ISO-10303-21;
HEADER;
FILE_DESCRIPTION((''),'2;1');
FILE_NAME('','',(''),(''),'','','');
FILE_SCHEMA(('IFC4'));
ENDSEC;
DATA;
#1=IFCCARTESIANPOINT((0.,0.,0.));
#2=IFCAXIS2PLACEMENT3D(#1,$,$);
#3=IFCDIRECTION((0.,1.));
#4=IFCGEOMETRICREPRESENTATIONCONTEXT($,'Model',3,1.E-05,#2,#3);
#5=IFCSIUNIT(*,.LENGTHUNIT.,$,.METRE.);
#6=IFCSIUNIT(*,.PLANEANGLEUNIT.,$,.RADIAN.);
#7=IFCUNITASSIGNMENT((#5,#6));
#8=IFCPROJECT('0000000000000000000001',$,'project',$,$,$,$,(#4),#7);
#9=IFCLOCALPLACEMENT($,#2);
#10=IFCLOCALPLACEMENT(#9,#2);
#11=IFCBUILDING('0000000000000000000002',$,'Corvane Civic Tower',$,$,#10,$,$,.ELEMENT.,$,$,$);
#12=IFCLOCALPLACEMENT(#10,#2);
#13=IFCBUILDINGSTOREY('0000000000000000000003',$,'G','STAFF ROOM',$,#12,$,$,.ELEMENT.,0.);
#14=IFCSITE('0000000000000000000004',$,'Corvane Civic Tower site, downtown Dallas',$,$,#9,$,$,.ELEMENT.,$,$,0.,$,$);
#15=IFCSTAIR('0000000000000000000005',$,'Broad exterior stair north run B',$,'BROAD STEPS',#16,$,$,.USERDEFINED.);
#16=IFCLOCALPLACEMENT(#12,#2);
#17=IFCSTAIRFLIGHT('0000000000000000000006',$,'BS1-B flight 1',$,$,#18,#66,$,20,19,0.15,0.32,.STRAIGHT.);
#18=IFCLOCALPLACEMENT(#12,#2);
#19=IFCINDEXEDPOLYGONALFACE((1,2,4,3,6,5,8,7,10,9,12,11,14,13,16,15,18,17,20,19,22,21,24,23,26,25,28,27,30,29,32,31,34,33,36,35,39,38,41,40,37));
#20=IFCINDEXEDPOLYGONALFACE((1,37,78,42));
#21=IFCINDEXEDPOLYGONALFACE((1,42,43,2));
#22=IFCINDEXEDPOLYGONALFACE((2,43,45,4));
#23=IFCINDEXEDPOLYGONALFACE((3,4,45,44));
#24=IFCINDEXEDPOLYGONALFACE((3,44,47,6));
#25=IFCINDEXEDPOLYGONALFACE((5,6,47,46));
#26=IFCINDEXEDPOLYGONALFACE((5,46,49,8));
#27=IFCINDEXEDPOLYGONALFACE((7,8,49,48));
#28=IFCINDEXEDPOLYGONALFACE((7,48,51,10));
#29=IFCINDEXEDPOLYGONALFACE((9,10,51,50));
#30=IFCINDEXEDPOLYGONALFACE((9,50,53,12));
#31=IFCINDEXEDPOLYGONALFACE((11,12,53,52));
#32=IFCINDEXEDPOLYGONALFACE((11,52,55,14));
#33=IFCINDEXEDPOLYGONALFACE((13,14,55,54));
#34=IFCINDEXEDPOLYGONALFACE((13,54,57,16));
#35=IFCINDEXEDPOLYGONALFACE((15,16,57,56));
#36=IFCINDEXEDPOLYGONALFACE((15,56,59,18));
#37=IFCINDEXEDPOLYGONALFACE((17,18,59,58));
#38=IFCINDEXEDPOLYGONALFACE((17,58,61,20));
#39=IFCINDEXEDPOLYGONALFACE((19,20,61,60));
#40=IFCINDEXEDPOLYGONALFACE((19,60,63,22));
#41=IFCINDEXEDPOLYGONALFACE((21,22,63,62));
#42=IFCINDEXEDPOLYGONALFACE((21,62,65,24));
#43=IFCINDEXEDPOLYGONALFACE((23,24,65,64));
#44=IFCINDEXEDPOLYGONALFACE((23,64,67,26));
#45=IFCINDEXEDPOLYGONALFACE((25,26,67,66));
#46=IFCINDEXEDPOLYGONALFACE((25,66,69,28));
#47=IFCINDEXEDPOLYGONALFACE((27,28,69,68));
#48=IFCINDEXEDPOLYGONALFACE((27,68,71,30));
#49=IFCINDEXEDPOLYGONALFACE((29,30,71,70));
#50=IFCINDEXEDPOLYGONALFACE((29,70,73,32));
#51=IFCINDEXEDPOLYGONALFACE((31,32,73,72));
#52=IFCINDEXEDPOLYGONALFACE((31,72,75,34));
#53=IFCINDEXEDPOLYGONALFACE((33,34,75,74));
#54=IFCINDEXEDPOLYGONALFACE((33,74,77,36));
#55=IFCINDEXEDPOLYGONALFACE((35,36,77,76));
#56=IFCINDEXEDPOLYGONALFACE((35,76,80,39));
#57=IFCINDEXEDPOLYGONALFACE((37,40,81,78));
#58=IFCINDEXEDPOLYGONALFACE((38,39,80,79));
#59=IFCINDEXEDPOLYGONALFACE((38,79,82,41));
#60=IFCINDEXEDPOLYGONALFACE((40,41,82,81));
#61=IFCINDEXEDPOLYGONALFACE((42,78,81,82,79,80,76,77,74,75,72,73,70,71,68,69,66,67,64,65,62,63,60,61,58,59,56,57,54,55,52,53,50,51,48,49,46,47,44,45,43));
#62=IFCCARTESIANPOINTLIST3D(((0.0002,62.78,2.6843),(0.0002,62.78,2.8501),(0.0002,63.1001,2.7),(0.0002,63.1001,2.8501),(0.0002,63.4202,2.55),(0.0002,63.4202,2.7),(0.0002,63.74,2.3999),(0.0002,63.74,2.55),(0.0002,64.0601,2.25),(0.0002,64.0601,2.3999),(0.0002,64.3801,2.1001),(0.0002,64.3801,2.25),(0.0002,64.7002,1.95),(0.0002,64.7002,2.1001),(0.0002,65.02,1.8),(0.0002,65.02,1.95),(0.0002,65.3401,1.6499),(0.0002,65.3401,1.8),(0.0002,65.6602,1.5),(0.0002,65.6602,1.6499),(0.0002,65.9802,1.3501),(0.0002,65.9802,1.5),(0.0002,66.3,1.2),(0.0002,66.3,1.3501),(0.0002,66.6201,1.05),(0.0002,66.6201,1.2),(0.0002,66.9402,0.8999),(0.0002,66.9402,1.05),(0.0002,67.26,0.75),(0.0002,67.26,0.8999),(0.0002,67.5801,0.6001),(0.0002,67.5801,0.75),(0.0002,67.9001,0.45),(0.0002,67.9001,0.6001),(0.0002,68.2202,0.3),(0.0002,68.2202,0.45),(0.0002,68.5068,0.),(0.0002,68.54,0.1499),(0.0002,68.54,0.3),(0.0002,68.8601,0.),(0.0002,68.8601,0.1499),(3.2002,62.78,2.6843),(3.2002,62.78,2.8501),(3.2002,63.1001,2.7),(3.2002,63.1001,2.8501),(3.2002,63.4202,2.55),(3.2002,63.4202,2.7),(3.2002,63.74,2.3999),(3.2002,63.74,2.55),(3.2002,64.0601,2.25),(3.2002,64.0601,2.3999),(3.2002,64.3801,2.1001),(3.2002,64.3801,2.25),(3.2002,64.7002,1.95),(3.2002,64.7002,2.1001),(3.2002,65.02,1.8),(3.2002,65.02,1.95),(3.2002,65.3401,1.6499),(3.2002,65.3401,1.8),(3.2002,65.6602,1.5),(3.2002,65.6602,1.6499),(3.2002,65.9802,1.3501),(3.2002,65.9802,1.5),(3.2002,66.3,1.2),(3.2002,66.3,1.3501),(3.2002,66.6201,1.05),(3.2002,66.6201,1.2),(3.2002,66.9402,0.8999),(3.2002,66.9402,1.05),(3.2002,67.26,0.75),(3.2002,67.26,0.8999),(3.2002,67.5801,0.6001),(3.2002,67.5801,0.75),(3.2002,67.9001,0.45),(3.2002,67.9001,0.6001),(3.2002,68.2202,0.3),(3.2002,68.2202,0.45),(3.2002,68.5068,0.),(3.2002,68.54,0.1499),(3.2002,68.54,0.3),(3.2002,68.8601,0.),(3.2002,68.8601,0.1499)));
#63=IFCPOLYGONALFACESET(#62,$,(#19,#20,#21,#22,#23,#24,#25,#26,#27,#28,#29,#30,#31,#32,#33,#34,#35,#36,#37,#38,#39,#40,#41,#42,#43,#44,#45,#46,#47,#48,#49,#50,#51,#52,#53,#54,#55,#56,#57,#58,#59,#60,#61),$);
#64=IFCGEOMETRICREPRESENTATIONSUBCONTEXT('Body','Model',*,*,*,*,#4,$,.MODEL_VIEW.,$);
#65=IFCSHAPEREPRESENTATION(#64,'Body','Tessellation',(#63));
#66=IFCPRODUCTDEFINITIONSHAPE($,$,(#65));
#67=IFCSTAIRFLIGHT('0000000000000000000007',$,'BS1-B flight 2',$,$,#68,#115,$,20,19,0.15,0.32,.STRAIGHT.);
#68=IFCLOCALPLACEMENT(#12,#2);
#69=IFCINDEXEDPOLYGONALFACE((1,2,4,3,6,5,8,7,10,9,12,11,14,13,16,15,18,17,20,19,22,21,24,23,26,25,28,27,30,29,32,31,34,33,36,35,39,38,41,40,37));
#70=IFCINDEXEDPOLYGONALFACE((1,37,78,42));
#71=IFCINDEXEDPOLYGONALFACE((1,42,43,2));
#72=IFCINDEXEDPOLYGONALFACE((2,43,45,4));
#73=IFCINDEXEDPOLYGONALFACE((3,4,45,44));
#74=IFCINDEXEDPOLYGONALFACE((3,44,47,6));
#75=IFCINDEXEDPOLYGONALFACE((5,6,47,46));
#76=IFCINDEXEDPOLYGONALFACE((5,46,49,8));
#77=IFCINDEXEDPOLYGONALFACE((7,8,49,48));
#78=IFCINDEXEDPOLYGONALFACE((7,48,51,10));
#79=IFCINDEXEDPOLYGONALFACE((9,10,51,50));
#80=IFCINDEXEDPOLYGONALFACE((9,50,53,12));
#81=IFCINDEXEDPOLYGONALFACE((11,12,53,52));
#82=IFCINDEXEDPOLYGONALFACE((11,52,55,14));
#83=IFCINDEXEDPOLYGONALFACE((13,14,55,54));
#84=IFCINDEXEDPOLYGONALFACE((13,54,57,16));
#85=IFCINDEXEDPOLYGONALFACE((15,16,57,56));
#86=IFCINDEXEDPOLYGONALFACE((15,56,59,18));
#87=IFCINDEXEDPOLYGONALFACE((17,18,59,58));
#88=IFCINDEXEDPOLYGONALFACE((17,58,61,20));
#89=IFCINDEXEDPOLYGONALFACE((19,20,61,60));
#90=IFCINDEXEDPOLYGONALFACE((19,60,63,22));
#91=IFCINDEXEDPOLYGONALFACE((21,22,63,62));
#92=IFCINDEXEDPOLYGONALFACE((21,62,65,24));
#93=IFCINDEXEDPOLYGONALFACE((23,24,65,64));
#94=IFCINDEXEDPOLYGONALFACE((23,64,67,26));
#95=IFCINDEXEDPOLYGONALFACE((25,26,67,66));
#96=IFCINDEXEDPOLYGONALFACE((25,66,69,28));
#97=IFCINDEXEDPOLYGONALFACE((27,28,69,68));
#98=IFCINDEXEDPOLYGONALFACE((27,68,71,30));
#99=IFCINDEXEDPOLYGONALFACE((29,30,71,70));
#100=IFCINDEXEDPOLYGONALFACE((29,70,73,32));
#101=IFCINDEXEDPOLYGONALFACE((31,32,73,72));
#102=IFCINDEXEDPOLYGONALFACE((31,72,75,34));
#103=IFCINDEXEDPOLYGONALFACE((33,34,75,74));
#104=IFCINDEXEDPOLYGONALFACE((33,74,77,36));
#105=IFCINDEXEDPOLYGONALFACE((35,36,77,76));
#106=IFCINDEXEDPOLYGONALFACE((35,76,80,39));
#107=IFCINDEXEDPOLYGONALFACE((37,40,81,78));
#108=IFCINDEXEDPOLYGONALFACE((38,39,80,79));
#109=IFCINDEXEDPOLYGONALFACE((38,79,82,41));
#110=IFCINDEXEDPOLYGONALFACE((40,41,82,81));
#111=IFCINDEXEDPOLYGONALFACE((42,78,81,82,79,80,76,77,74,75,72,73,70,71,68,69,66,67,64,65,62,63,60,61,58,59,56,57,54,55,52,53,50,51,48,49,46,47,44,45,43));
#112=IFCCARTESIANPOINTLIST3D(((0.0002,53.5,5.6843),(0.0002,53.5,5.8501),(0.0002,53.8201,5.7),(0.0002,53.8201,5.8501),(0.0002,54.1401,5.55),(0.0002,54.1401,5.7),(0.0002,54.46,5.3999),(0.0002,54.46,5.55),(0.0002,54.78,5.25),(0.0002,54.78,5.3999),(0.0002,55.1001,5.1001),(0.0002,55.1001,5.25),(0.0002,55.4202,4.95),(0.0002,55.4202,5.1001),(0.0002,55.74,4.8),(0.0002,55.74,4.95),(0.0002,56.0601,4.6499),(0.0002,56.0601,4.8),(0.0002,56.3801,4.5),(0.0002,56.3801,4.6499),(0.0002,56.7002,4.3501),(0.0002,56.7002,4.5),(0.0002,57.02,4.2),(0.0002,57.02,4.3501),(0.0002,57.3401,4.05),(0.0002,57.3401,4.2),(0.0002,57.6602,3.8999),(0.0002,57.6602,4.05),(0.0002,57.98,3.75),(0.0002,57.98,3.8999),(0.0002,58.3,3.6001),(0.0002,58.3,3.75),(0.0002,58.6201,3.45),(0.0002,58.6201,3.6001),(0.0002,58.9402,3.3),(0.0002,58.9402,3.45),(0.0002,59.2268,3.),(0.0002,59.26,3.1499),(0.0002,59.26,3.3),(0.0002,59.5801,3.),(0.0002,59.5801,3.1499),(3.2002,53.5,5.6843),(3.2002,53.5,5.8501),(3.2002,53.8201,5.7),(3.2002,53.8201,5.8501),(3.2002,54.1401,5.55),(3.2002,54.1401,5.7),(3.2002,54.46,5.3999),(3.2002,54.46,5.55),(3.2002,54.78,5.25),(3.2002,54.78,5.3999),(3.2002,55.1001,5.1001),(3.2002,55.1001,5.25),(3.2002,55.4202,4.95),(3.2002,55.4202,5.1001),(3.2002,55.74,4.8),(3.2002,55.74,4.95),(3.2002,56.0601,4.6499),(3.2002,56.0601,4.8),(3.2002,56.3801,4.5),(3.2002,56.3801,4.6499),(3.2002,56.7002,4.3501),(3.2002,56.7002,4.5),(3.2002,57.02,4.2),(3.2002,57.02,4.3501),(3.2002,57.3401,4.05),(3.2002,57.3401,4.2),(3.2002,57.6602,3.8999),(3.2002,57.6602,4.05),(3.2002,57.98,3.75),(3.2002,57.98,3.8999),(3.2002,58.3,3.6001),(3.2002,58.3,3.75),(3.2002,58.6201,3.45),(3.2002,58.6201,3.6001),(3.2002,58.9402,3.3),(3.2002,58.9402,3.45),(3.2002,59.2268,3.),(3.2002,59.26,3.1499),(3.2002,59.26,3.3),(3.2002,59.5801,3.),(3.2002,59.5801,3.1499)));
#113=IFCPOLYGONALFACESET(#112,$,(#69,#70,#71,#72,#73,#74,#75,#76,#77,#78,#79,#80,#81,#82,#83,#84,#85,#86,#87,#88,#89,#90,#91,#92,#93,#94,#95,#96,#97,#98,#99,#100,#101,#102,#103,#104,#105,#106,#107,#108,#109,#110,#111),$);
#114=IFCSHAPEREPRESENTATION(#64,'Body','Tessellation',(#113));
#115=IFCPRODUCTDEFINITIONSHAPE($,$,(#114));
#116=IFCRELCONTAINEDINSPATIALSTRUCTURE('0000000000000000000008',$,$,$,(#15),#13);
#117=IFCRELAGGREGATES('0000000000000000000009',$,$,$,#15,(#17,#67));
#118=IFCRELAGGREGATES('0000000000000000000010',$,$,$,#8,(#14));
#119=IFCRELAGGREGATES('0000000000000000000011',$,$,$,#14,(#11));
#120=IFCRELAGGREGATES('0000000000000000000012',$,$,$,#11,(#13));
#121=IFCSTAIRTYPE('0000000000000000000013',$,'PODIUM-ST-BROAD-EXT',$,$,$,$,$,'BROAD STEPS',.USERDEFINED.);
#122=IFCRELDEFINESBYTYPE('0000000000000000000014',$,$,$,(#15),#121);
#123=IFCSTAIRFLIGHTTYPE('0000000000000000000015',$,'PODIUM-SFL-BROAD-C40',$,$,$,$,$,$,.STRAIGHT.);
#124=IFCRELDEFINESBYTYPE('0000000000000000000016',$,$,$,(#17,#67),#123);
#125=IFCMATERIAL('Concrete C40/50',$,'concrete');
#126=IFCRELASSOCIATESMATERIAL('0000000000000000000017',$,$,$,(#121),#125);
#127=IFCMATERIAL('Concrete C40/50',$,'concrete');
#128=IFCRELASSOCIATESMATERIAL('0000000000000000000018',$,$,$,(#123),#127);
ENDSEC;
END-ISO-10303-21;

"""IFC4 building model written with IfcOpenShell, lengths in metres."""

from ifc_helpers import new_model, si_unit, direction, frame, origin, place, context, subcontext, project, spatial, polyline, outline, extrude, material, type_object, element, aggregate, save


model = new_model("IFC4")

# Units and contexts
model_context = context("Model", 3, precision=1e-05, world=origin(), true_north=direction((0.0, 1.0)))
body_context = subcontext(model_context, "Body", "Model", "MODEL_VIEW")
ifc_project = project(units=[si_unit("LENGTHUNIT", "METRE"), si_unit("PLANEANGLEUNIT", "RADIAN")], contexts=[model_context])

# Site, building, storey
site_placement = place(None, origin())
site = spatial("IfcSite", under=ifc_project, at=site_placement, Name="Corvane Civic Tower site, downtown Dallas", CompositionType="ELEMENT", RefElevation=0.0)
building_placement = place(site_placement, origin())
building = spatial("IfcBuilding", under=site, at=building_placement, Name="Corvane Civic Tower", CompositionType="ELEMENT")
storey_placement = place(building_placement, origin())
storey = spatial("IfcBuildingStorey", under=building, at=storey_placement, Name="G", Description="STAFF ROOM", CompositionType="ELEMENT", Elevation=0.0)

# Stair, stair flights
ifc_material_1 = material(Name="Concrete C40/50", Category="concrete")
stair_type = type_object("IfcStairType", Name="PODIUM-ST-BROAD-EXT", ElementType="BROAD STEPS", PredefinedType="USERDEFINED", material=ifc_material_1)
ifc_material_2 = material(Name="Concrete C40/50", Category="concrete")
stair_flight_type = type_object("IfcStairFlightType", Name="PODIUM-SFL-BROAD-C40", PredefinedType="STRAIGHT", material=ifc_material_2)
stair_1_placement = place(storey_placement, origin())
stair_1 = element("IfcStair", 1, at=stair_1_placement, inside=storey, type_object=stair_type, Name="Broad exterior stair north run B", ObjectType="BROAD STEPS", PredefinedType="USERDEFINED")
stair_flight_1_placement = place(storey_placement, frame((1.6001, 68.8601, 0.0), z_axis=(0.0, 0.0, 1.0), x_axis=(0.0, -1.0, 0.0)))
stair_flight_1 = element("IfcStairFlight", 2, at=stair_flight_1_placement, type_object=stair_flight_type, Name="BS1-B flight 1", NumberOfRisers=20, NumberOfTreads=19, PredefinedType="STRAIGHT", RiserHeight=0.15, TreadLength=0.32, context=body_context, shape_type="SweptSolid", body=[
    extrude(outline(polyline([(0.0, 0.0), (0.0, 0.1499), (0.3201, 0.1499), (0.3201, 0.3), (0.6399, 0.3), (0.6399, 0.45), (0.96, 0.45), (0.96, 0.6001), (1.28, 0.6001), (1.28, 0.75), (1.6001, 0.75), (1.6001, 0.8999), (1.9199, 0.8999), (1.9199, 1.05), (2.24, 1.05), (2.24, 1.2), (2.5601, 1.2), (2.5601, 1.3501), (2.8799, 1.3501), (2.8799, 1.5), (3.2, 1.5), (3.2, 1.6499), (3.52, 1.6499), (3.52, 1.8), (3.8401, 1.8), (3.8401, 1.95), (4.1599, 1.95), (4.1599, 2.1001), (4.48, 2.1001), (4.48, 2.25), (4.8, 2.25), (4.8, 2.3999), (5.1201, 2.3999), (5.1201, 2.55), (5.4399, 2.55), (5.4399, 2.7), (5.76, 2.7), (5.76, 2.8501), (6.0801, 2.8501), (6.0801, 3.0), (6.0801, 2.6843), (0.3533, 0.0), (0.0, 0.0)])), frame((0.0, 1.6001, 0.0), z_axis=(0.0, -1.0, 0.0), x_axis=(1.0, 0.0, 0.0)), (0.0, 0.0, 1.0), 3.2),
])
stair_flight_2_placement = place(storey_placement, frame((1.6001, 59.5801, 3.0), z_axis=(0.0, 0.0, 1.0), x_axis=(0.0, -1.0, 0.0)))
stair_flight_2 = element("IfcStairFlight", 3, at=stair_flight_2_placement, type_object=stair_flight_type, Name="BS1-B flight 2", NumberOfRisers=20, NumberOfTreads=19, PredefinedType="STRAIGHT", RiserHeight=0.15, TreadLength=0.32, context=body_context, shape_type="SweptSolid", body=[
    extrude(outline(polyline([(0.0, 0.0), (0.0, 0.1499), (0.3201, 0.1499), (0.3201, 0.3), (0.6399, 0.3), (0.6399, 0.45), (0.96, 0.45), (0.96, 0.6001), (1.28, 0.6001), (1.28, 0.75), (1.6001, 0.75), (1.6001, 0.8999), (1.9199, 0.8999), (1.9199, 1.05), (2.24, 1.05), (2.24, 1.2), (2.5601, 1.2), (2.5601, 1.3501), (2.8799, 1.3501), (2.8799, 1.5), (3.2, 1.5), (3.2, 1.6499), (3.52, 1.6499), (3.52, 1.8), (3.8401, 1.8), (3.8401, 1.95), (4.1599, 1.95), (4.1599, 2.1001), (4.48, 2.1001), (4.48, 2.25), (4.8, 2.25), (4.8, 2.3999), (5.1201, 2.3999), (5.1201, 2.55), (5.4399, 2.55), (5.4399, 2.7), (5.76, 2.7), (5.76, 2.8501), (6.0801, 2.8501), (6.0801, 3.0), (6.0801, 2.6843), (0.3533, 0.0), (0.0, 0.0)])), frame((0.0, 1.6001, 0.0), z_axis=(0.0, -1.0, 0.0), x_axis=(1.0, 0.0, 0.0)), (0.0, 0.0, 1.0), 3.2),
])
aggregate(stair_1, [stair_flight_1, stair_flight_2])

save(model, "model.ifc")
